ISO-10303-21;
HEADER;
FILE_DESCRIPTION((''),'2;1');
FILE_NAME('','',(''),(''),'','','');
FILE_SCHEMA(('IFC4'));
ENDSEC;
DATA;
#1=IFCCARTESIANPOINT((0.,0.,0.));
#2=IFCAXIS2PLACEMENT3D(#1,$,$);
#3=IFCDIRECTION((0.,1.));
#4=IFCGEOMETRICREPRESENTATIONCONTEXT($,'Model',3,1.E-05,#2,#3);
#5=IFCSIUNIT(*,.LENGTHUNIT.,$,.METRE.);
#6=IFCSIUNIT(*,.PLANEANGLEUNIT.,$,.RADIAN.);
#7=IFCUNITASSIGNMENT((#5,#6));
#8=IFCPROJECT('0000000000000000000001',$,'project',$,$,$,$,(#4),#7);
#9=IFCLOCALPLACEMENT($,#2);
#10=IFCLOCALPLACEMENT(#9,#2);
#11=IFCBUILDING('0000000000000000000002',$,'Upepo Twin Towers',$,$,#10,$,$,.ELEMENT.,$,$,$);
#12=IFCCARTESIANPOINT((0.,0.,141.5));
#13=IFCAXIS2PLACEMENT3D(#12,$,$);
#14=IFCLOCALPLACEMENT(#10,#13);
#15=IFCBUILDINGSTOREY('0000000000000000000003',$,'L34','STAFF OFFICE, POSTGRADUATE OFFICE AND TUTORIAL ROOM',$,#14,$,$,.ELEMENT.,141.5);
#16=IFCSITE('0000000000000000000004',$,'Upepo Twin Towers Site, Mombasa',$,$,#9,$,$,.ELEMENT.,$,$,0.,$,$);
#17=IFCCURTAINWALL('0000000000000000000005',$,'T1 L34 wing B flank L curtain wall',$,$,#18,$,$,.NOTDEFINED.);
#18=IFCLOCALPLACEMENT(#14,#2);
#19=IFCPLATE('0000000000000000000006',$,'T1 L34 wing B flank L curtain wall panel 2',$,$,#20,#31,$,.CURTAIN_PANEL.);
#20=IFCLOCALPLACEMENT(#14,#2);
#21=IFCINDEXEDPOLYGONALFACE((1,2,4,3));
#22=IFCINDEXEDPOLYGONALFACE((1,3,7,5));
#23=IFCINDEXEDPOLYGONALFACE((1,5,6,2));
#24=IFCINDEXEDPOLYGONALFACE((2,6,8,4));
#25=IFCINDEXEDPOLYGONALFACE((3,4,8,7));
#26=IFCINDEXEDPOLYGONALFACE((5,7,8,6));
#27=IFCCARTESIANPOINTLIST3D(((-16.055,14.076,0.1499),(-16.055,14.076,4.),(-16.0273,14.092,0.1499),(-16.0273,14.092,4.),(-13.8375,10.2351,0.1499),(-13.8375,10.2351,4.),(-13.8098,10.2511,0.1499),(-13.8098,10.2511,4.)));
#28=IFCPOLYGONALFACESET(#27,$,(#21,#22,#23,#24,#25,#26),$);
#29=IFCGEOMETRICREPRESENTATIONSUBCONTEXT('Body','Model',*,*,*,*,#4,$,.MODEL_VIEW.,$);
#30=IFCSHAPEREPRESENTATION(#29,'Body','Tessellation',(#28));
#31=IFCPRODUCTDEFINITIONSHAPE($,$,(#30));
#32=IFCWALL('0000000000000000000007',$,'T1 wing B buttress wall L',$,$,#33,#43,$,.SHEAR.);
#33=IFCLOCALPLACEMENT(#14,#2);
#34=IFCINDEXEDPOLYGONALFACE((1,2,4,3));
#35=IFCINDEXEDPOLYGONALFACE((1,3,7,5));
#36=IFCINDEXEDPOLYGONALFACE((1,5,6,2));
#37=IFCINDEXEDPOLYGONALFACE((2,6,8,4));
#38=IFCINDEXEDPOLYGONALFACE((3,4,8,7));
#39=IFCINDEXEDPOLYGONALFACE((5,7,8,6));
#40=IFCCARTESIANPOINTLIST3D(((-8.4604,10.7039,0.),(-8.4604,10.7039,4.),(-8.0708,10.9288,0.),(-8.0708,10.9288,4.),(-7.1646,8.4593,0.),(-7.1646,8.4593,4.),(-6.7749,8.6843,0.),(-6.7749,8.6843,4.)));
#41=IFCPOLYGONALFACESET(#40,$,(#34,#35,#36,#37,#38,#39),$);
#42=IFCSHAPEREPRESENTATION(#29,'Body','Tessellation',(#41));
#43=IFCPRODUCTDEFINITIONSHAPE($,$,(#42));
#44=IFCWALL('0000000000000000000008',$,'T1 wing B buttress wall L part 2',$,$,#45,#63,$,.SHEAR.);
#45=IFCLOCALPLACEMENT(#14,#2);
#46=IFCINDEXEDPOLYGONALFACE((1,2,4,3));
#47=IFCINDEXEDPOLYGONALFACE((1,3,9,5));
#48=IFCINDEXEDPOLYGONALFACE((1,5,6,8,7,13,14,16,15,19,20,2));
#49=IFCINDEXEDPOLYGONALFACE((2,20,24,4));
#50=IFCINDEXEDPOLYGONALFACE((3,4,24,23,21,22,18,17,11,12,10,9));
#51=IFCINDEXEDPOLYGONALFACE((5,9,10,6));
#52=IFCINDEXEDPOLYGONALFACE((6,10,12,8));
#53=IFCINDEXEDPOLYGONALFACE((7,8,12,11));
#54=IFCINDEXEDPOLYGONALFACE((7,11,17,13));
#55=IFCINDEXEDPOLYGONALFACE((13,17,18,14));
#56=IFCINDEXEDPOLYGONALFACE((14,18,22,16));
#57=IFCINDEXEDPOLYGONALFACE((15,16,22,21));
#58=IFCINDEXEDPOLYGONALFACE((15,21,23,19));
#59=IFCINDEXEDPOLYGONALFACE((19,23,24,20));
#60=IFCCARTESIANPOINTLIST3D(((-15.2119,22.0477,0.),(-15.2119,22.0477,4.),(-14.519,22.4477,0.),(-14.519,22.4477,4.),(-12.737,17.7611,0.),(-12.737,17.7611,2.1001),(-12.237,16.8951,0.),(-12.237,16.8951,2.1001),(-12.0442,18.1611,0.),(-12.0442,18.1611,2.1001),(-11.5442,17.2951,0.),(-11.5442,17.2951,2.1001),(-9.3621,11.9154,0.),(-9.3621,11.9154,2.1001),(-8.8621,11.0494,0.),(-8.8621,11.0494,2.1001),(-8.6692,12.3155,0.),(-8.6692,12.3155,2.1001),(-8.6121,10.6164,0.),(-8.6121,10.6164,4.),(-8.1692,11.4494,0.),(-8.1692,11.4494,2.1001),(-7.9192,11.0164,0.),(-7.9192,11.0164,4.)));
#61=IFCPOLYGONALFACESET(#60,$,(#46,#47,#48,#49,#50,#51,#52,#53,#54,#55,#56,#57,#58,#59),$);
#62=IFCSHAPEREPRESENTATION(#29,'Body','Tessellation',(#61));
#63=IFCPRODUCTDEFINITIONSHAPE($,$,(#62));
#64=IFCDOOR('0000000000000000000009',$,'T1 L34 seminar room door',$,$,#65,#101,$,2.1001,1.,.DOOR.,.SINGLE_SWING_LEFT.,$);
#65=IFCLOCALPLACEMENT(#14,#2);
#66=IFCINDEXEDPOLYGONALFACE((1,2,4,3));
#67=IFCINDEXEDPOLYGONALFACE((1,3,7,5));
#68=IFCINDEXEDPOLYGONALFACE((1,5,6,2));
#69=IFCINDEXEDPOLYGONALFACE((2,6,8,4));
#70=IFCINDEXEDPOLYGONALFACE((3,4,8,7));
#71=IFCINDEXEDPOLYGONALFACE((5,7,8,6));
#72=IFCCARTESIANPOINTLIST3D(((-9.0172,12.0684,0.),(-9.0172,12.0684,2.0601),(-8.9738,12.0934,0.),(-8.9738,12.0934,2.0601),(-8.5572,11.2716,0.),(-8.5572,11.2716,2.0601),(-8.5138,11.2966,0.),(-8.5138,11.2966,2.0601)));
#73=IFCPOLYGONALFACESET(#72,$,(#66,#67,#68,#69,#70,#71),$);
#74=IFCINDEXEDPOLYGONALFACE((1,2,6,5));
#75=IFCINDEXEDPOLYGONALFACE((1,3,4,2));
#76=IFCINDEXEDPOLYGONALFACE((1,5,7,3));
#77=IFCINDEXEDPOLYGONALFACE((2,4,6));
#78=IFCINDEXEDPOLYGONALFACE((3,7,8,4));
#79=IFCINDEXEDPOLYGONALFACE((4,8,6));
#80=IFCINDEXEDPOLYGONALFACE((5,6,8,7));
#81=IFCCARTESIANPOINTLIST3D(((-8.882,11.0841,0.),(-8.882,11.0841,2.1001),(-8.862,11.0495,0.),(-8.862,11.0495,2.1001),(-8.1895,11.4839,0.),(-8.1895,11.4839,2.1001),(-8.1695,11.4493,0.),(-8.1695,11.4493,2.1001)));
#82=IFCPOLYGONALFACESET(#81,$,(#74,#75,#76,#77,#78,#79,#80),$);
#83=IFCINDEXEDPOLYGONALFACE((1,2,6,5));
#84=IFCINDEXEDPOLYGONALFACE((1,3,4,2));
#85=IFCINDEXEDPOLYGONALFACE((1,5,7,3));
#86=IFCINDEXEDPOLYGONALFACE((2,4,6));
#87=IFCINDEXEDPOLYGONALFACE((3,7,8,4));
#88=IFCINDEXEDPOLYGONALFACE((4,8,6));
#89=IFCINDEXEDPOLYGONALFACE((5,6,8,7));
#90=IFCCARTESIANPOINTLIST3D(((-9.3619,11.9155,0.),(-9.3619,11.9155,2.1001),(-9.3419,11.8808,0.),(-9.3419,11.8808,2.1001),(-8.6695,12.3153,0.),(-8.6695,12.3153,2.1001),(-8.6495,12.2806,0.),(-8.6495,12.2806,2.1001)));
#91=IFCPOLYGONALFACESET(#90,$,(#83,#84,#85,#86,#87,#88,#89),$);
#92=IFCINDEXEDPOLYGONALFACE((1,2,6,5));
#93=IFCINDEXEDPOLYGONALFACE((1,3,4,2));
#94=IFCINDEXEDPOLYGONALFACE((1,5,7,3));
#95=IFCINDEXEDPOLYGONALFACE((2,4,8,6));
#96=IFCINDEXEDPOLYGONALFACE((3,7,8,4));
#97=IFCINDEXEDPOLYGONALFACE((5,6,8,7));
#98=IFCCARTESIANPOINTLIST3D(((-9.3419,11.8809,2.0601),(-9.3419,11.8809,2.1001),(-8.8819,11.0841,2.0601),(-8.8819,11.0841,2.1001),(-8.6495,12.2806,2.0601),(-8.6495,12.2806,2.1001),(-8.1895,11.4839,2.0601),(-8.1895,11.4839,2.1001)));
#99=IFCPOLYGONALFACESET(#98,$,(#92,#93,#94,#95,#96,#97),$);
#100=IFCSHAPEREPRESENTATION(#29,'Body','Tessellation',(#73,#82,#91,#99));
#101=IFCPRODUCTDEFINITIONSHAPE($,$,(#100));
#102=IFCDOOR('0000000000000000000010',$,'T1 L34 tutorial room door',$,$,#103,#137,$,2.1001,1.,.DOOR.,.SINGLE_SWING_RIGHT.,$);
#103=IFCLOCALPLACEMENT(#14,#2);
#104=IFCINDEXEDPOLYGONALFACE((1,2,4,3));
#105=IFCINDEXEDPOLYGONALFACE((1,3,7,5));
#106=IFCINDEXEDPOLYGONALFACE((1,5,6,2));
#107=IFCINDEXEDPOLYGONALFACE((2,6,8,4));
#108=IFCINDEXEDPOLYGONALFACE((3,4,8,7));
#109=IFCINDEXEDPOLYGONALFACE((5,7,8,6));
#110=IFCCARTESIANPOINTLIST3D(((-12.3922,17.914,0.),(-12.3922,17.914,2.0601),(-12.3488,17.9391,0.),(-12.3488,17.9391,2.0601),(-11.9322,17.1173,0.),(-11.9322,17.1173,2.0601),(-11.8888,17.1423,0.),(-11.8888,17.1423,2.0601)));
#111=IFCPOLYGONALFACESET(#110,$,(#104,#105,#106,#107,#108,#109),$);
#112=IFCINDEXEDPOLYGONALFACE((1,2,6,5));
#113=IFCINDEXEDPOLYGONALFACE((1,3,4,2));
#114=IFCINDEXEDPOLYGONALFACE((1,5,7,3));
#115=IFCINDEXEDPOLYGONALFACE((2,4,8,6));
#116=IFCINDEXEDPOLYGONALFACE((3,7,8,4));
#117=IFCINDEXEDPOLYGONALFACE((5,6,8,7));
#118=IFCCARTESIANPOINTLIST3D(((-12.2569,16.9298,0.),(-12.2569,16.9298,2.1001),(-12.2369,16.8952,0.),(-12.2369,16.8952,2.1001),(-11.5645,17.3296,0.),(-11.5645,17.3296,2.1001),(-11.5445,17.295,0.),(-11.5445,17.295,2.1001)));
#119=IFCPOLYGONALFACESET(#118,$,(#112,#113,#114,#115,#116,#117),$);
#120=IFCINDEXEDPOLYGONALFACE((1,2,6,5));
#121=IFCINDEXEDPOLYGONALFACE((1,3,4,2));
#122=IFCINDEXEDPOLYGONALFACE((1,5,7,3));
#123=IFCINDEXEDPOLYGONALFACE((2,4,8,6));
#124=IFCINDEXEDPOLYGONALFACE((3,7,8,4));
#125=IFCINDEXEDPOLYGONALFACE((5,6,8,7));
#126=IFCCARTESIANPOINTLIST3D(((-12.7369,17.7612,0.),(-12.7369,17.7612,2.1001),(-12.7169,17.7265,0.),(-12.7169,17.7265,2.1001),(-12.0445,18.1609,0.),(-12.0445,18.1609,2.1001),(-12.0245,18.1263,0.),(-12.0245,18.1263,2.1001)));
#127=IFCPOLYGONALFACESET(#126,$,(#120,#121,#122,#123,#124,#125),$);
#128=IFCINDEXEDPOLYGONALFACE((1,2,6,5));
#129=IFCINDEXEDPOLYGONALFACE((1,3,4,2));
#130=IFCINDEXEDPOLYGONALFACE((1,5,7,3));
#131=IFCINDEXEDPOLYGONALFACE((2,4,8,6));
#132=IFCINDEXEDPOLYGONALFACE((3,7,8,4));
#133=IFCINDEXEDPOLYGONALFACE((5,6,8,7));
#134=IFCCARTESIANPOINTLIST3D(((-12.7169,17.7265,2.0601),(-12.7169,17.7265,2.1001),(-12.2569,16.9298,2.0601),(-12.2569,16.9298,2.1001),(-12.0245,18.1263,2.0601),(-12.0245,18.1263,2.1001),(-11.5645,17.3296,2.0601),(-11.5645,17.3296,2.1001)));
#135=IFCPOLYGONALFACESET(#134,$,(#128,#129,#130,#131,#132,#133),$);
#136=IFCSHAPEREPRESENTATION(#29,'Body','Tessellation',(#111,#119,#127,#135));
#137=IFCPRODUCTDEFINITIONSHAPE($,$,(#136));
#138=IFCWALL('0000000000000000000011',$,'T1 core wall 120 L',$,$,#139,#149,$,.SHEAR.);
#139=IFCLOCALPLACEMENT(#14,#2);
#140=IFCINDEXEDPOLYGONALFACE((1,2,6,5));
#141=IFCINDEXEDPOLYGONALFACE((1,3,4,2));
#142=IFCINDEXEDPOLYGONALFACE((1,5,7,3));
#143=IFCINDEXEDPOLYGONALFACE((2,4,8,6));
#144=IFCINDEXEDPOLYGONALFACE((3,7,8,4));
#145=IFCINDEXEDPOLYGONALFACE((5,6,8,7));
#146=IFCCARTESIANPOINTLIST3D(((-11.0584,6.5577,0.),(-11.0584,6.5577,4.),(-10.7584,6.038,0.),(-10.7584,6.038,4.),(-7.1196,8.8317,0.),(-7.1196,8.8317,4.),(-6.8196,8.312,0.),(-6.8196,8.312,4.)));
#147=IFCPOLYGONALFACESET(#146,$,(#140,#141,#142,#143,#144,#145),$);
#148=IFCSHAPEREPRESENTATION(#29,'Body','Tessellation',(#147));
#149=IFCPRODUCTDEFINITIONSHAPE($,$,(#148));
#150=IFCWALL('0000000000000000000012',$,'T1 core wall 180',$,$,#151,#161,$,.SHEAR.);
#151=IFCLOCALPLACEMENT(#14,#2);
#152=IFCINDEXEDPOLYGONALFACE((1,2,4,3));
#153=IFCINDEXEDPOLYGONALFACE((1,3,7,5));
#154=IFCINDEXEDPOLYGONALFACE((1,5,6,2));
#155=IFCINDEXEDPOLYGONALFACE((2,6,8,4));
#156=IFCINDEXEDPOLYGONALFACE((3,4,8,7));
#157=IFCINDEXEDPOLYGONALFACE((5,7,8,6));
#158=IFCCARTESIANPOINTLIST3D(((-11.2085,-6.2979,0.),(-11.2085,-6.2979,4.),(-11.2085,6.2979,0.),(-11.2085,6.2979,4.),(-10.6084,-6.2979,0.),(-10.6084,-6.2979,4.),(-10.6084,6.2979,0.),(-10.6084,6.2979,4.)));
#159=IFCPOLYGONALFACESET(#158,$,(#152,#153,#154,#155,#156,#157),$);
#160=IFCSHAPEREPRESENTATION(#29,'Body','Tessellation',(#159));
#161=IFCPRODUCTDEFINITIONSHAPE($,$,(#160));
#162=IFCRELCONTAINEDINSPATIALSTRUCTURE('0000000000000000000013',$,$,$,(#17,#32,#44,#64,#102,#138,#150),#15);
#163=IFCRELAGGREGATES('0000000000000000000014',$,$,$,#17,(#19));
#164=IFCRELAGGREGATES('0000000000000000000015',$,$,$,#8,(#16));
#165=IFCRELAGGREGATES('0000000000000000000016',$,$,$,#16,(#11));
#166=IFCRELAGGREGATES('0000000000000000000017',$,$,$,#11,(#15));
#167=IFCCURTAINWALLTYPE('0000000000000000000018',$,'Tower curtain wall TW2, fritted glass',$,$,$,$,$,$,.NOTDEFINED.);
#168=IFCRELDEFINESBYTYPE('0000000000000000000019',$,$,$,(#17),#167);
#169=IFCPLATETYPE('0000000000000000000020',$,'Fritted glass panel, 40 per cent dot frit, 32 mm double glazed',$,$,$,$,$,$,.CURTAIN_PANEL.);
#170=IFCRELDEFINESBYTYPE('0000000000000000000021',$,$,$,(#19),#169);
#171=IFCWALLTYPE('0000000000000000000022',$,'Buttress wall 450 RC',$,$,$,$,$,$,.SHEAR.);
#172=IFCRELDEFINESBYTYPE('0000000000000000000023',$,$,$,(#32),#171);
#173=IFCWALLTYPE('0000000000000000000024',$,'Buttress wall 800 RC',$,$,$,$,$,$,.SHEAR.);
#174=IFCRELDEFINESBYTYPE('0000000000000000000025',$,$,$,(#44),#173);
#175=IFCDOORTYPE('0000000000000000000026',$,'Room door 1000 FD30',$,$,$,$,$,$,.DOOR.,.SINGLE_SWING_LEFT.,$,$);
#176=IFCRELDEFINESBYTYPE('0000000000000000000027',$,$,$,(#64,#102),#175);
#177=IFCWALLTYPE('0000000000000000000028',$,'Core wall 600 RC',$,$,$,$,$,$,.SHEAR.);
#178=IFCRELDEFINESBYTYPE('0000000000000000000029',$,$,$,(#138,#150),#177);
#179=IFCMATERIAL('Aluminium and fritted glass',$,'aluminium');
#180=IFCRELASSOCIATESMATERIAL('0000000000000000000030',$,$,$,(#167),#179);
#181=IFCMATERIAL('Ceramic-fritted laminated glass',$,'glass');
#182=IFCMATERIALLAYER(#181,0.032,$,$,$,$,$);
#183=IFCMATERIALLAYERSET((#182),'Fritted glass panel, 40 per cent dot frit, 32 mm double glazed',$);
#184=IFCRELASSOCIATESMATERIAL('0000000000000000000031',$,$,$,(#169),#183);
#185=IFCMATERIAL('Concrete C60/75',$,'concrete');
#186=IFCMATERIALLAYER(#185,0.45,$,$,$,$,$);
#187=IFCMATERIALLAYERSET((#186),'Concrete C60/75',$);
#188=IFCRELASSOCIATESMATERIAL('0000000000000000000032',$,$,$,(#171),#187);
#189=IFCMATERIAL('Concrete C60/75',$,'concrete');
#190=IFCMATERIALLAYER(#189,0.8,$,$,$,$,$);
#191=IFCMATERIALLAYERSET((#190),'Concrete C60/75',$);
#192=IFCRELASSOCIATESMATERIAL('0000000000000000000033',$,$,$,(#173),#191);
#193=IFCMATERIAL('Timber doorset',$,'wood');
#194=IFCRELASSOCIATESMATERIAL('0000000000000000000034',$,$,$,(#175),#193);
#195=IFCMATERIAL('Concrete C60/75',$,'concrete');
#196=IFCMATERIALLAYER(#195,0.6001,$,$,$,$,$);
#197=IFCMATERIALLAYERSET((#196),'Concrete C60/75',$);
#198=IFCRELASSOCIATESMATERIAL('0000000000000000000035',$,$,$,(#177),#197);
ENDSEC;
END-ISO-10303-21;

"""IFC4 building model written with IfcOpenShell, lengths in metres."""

from ifc_helpers import new_model, si_unit, direction, frame, frame_2d, origin, origin_2d, place, context, subcontext, project, spatial, rectangle, extrude, material, layer, layer_set, type_object, element, fill, aggregate, save


model = new_model("IFC4")

# Units and contexts
model_context = context("Model", 3, precision=1e-05, world=origin(), true_north=direction((0.0, 1.0)))
body_context = subcontext(model_context, "Body", "Model", "MODEL_VIEW")
ifc_project = project(units=[si_unit("LENGTHUNIT", "METRE"), si_unit("PLANEANGLEUNIT", "RADIAN")], contexts=[model_context])

# Site, building, storey
site_placement = place(None, origin())
site = spatial("IfcSite", under=ifc_project, at=site_placement, Name="Upepo Twin Towers Site, Mombasa", CompositionType="ELEMENT", RefElevation=0.0)
building_placement = place(site_placement, origin())
building = spatial("IfcBuilding", under=site, at=building_placement, Name="Upepo Twin Towers", CompositionType="ELEMENT")
storey_placement = place(building_placement, frame((0.0, 0.0, 141.5)))
storey = spatial("IfcBuildingStorey", under=building, at=storey_placement, Name="L34", Description="STAFF OFFICE, POSTGRADUATE OFFICE AND TUTORIAL ROOM", CompositionType="ELEMENT", Elevation=141.5)

# Curtain wall, plate
ifc_material_1 = material(Name="Aluminium and fritted glass", Category="aluminium")
curtain_wall_type = type_object("IfcCurtainWallType", Name="Tower curtain wall TW2, fritted glass", PredefinedType="NOTDEFINED", material=ifc_material_1)
curtain_wall_placement = place(storey_placement, origin())
curtain_wall = element("IfcCurtainWall", 1, at=curtain_wall_placement, inside=storey, type_object=curtain_wall_type, Name="T1 L34 wing B flank L curtain wall", PredefinedType="NOTDEFINED")
ifc_material_2 = material(Name="Ceramic-fritted laminated glass", Category="glass")
ifc_layer_1 = layer(ifc_material_2, 0.032)
ifc_layer_set_1 = layer_set([ifc_layer_1], Name="Fritted glass panel, 40 per cent dot frit, 32 mm double glazed")
plate_type = type_object("IfcPlateType", Name="Fritted glass panel, 40 per cent dot frit, 32 mm double glazed", PredefinedType="CURTAIN_PANEL", material=ifc_layer_set_1)
plate_1_placement = place(storey_placement, frame((-14.9324, 12.1636, 0.1499), z_axis=(0.0, 0.0, 1.0), x_axis=(-0.5, 0.866025, 0.0)))
plate_1 = element("IfcPlate", 2, at=plate_1_placement, type_object=plate_type, Name="T1 L34 wing B flank L curtain wall panel 2", PredefinedType="CURTAIN_PANEL", context=body_context, shape_type="SweptSolid", body=[
    extrude(rectangle(XDim=4.4351, YDim=0.032, at=origin_2d()), origin(), (0.0, 0.0, 1.0), 3.8501),
])
aggregate(curtain_wall, [plate_1])

# Wall
ifc_material_3 = material(Name="Concrete C60/75", Category="concrete")
ifc_layer_2 = layer(ifc_material_3, 0.45)
ifc_layer_set_2 = layer_set([ifc_layer_2], Name="Concrete C60/75")
wall_type_1 = type_object("IfcWallType", Name="Buttress wall 450 RC", PredefinedType="SHEAR", material=ifc_layer_set_2)
wall_1_placement = place(storey_placement, frame((-6.9697, 8.5718, 0.0), z_axis=(0.0, 0.0, 1.0), x_axis=(-0.499989, 0.866032, 0.0)))
element("IfcWall", 3, at=wall_1_placement, inside=storey, type_object=wall_type_1, Name="T1 wing B buttress wall L", PredefinedType="SHEAR", context=body_context, shape_type="SweptSolid", body=[
    extrude(rectangle(XDim=2.5918, YDim=0.45, at=frame_2d((1.2959, 0.0))), origin(), (0.0, 0.0, 1.0), 4.0),
])

# Wall, openings, doors
ifc_material_4 = material(Name="Concrete C60/75", Category="concrete")
ifc_layer_3 = layer(ifc_material_4, 0.8)
ifc_layer_set_3 = layer_set([ifc_layer_3], Name="Concrete C60/75")
wall_type_2 = type_object("IfcWallType", Name="Buttress wall 800 RC", PredefinedType="SHEAR", material=ifc_layer_set_3)
wall_2_placement = place(storey_placement, frame((-8.2656, 10.8164, 0.0), z_axis=(0.0, 0.0, 1.0), x_axis=(-0.499996, 0.866028, 0.0)))
wall_2 = element("IfcWall", 4, at=wall_2_placement, inside=storey, type_object=wall_type_2, Name="T1 wing B buttress wall L part 2", PredefinedType="SHEAR", context=body_context, shape_type="SweptSolid", body=[
    extrude(rectangle(XDim=13.1997, YDim=0.8, at=frame_2d((6.5999, 0.0))), origin(), (0.0, 0.0, 1.0), 4.0),
])
opening_1_placement = place(wall_2_placement, frame((0.5, 0.0, 0.0)))
opening_1 = element("IfcOpeningElement", 5, at=opening_1_placement, cuts=wall_2, PredefinedType="OPENING", context=body_context, shape_type="SweptSolid", body=[
    extrude(rectangle(XDim=1.0, YDim=2.1001, at=frame_2d((0.5, 1.05))), frame((0.0, 0.4099, 0.0), z_axis=(0.0, -1.0, 0.0), x_axis=(1.0, 0.0, 0.0)), (0.0, 0.0, 1.0), 0.8201),
])
opening_2_placement = place(wall_2_placement, frame((7.25, 0.0, 0.0)))
opening_2 = element("IfcOpeningElement", 6, at=opening_2_placement, cuts=wall_2, PredefinedType="OPENING", context=body_context, shape_type="SweptSolid", body=[
    extrude(rectangle(XDim=1.0, YDim=2.1001, at=frame_2d((0.5, 1.05))), frame((0.0, 0.4099, 0.0), z_axis=(0.0, -1.0, 0.0), x_axis=(1.0, 0.0, 0.0)), (0.0, 0.0, 1.0), 0.8201),
])
ifc_material_5 = material(Name="Timber doorset", Category="wood")
door_type_1 = type_object("IfcDoorType", Name="Room door 1000 FD30", OperationType="SINGLE_SWING_LEFT", PredefinedType="DOOR", material=ifc_material_5)
door_1_placement = place(opening_1_placement, origin())
door_1 = element("IfcDoor", 7, at=door_1_placement, inside=storey, type_object=door_type_1, Name="T1 L34 seminar room door", OperationType="SINGLE_SWING_LEFT", OverallHeight=2.1001, OverallWidth=1.0, PredefinedType="DOOR", context=body_context, shape_type="SweptSolid", body=[
    extrude(rectangle(XDim=0.92, YDim=2.0601, at=frame_2d((0.5, 1.03))), frame((0.0, 0.0249, 0.0), z_axis=(0.0, -1.0, 0.0), x_axis=(1.0, 0.0, 0.0)), (0.0, 0.0, 1.0), 0.05),
    extrude(rectangle(XDim=0.04, YDim=2.1001, at=frame_2d((0.02, 1.05))), frame((0.0, 0.3999, 0.0), z_axis=(0.0, -1.0, 0.0), x_axis=(1.0, 0.0, 0.0)), (0.0, 0.0, 1.0), 0.7996),
    extrude(rectangle(XDim=0.04, YDim=2.1001, at=frame_2d((0.98, 1.05))), frame((0.0, 0.3999, 0.0), z_axis=(0.0, -1.0, 0.0), x_axis=(1.0, 0.0, 0.0)), (0.0, 0.0, 1.0), 0.7996),
    extrude(rectangle(XDim=0.92, YDim=0.04, at=frame_2d((0.5, 2.0801))), frame((0.0, 0.3999, 0.0), z_axis=(0.0, -1.0, 0.0), x_axis=(1.0, 0.0, 0.0)), (0.0, 0.0, 1.0), 0.7996),
])
fill(opening_1, door_1)
door_2_placement = place(opening_2_placement, origin())
door_2 = element("IfcDoor", 8, at=door_2_placement, inside=storey, type_object=door_type_1, Name="T1 L34 tutorial room door", OperationType="SINGLE_SWING_RIGHT", OverallHeight=2.1001, OverallWidth=1.0, PredefinedType="DOOR", context=body_context, shape_type="SweptSolid", body=[
    extrude(rectangle(XDim=0.92, YDim=2.0601, at=frame_2d((0.5, 1.03))), frame((0.0, 0.0249, 0.0), z_axis=(0.0, -1.0, 0.0), x_axis=(1.0, 0.0, 0.0)), (0.0, 0.0, 1.0), 0.05),
    extrude(rectangle(XDim=0.04, YDim=2.1001, at=frame_2d((0.02, 1.05))), frame((0.0, 0.3999, 0.0), z_axis=(0.0, -1.0, 0.0), x_axis=(1.0, 0.0, 0.0)), (0.0, 0.0, 1.0), 0.7996),
    extrude(rectangle(XDim=0.04, YDim=2.1001, at=frame_2d((0.98, 1.05))), frame((0.0, 0.3999, 0.0), z_axis=(0.0, -1.0, 0.0), x_axis=(1.0, 0.0, 0.0)), (0.0, 0.0, 1.0), 0.7996),
    extrude(rectangle(XDim=0.92, YDim=0.04, at=frame_2d((0.5, 2.0801))), frame((0.0, 0.3999, 0.0), z_axis=(0.0, -1.0, 0.0), x_axis=(1.0, 0.0, 0.0)), (0.0, 0.0, 1.0), 0.7996),
])
fill(opening_2, door_2)

# Walls
ifc_material_6 = material(Name="Concrete C60/75", Category="concrete")
ifc_layer_4 = layer(ifc_material_6, 0.6001)
ifc_layer_set_4 = layer_set([ifc_layer_4], Name="Concrete C60/75")
wall_type_3 = type_object("IfcWallType", Name="Core wall 600 RC", PredefinedType="SHEAR", material=ifc_layer_set_4)
wall_3_placement = place(storey_placement, frame((-6.9697, 8.5718, 0.0), z_axis=(0.0, 0.0, 1.0), x_axis=(-0.866035, -0.499984, 0.0)))
element("IfcWall", 9, at=wall_3_placement, inside=storey, type_object=wall_type_3, Name="T1 core wall 120 L", PredefinedType="SHEAR", context=body_context, shape_type="SweptSolid", body=[
    extrude(rectangle(XDim=4.5481, YDim=0.6001, at=frame_2d((2.2739, 0.0))), origin(), (0.0, 0.0, 1.0), 4.0),
])
wall_4_placement = place(storey_placement, frame((-10.9084, 6.2979, 0.0), z_axis=(0.0, 0.0, 1.0), x_axis=(0.0, -1.0, 0.0)))
element("IfcWall", 10, at=wall_4_placement, inside=storey, type_object=wall_type_3, Name="T1 core wall 180", PredefinedType="SHEAR", context=body_context, shape_type="SweptSolid", body=[
    extrude(rectangle(XDim=12.5957, YDim=0.6001, at=frame_2d((6.2979, 0.0))), origin(), (0.0, 0.0, 1.0), 4.0),
])

save(model, "model.ifc")
